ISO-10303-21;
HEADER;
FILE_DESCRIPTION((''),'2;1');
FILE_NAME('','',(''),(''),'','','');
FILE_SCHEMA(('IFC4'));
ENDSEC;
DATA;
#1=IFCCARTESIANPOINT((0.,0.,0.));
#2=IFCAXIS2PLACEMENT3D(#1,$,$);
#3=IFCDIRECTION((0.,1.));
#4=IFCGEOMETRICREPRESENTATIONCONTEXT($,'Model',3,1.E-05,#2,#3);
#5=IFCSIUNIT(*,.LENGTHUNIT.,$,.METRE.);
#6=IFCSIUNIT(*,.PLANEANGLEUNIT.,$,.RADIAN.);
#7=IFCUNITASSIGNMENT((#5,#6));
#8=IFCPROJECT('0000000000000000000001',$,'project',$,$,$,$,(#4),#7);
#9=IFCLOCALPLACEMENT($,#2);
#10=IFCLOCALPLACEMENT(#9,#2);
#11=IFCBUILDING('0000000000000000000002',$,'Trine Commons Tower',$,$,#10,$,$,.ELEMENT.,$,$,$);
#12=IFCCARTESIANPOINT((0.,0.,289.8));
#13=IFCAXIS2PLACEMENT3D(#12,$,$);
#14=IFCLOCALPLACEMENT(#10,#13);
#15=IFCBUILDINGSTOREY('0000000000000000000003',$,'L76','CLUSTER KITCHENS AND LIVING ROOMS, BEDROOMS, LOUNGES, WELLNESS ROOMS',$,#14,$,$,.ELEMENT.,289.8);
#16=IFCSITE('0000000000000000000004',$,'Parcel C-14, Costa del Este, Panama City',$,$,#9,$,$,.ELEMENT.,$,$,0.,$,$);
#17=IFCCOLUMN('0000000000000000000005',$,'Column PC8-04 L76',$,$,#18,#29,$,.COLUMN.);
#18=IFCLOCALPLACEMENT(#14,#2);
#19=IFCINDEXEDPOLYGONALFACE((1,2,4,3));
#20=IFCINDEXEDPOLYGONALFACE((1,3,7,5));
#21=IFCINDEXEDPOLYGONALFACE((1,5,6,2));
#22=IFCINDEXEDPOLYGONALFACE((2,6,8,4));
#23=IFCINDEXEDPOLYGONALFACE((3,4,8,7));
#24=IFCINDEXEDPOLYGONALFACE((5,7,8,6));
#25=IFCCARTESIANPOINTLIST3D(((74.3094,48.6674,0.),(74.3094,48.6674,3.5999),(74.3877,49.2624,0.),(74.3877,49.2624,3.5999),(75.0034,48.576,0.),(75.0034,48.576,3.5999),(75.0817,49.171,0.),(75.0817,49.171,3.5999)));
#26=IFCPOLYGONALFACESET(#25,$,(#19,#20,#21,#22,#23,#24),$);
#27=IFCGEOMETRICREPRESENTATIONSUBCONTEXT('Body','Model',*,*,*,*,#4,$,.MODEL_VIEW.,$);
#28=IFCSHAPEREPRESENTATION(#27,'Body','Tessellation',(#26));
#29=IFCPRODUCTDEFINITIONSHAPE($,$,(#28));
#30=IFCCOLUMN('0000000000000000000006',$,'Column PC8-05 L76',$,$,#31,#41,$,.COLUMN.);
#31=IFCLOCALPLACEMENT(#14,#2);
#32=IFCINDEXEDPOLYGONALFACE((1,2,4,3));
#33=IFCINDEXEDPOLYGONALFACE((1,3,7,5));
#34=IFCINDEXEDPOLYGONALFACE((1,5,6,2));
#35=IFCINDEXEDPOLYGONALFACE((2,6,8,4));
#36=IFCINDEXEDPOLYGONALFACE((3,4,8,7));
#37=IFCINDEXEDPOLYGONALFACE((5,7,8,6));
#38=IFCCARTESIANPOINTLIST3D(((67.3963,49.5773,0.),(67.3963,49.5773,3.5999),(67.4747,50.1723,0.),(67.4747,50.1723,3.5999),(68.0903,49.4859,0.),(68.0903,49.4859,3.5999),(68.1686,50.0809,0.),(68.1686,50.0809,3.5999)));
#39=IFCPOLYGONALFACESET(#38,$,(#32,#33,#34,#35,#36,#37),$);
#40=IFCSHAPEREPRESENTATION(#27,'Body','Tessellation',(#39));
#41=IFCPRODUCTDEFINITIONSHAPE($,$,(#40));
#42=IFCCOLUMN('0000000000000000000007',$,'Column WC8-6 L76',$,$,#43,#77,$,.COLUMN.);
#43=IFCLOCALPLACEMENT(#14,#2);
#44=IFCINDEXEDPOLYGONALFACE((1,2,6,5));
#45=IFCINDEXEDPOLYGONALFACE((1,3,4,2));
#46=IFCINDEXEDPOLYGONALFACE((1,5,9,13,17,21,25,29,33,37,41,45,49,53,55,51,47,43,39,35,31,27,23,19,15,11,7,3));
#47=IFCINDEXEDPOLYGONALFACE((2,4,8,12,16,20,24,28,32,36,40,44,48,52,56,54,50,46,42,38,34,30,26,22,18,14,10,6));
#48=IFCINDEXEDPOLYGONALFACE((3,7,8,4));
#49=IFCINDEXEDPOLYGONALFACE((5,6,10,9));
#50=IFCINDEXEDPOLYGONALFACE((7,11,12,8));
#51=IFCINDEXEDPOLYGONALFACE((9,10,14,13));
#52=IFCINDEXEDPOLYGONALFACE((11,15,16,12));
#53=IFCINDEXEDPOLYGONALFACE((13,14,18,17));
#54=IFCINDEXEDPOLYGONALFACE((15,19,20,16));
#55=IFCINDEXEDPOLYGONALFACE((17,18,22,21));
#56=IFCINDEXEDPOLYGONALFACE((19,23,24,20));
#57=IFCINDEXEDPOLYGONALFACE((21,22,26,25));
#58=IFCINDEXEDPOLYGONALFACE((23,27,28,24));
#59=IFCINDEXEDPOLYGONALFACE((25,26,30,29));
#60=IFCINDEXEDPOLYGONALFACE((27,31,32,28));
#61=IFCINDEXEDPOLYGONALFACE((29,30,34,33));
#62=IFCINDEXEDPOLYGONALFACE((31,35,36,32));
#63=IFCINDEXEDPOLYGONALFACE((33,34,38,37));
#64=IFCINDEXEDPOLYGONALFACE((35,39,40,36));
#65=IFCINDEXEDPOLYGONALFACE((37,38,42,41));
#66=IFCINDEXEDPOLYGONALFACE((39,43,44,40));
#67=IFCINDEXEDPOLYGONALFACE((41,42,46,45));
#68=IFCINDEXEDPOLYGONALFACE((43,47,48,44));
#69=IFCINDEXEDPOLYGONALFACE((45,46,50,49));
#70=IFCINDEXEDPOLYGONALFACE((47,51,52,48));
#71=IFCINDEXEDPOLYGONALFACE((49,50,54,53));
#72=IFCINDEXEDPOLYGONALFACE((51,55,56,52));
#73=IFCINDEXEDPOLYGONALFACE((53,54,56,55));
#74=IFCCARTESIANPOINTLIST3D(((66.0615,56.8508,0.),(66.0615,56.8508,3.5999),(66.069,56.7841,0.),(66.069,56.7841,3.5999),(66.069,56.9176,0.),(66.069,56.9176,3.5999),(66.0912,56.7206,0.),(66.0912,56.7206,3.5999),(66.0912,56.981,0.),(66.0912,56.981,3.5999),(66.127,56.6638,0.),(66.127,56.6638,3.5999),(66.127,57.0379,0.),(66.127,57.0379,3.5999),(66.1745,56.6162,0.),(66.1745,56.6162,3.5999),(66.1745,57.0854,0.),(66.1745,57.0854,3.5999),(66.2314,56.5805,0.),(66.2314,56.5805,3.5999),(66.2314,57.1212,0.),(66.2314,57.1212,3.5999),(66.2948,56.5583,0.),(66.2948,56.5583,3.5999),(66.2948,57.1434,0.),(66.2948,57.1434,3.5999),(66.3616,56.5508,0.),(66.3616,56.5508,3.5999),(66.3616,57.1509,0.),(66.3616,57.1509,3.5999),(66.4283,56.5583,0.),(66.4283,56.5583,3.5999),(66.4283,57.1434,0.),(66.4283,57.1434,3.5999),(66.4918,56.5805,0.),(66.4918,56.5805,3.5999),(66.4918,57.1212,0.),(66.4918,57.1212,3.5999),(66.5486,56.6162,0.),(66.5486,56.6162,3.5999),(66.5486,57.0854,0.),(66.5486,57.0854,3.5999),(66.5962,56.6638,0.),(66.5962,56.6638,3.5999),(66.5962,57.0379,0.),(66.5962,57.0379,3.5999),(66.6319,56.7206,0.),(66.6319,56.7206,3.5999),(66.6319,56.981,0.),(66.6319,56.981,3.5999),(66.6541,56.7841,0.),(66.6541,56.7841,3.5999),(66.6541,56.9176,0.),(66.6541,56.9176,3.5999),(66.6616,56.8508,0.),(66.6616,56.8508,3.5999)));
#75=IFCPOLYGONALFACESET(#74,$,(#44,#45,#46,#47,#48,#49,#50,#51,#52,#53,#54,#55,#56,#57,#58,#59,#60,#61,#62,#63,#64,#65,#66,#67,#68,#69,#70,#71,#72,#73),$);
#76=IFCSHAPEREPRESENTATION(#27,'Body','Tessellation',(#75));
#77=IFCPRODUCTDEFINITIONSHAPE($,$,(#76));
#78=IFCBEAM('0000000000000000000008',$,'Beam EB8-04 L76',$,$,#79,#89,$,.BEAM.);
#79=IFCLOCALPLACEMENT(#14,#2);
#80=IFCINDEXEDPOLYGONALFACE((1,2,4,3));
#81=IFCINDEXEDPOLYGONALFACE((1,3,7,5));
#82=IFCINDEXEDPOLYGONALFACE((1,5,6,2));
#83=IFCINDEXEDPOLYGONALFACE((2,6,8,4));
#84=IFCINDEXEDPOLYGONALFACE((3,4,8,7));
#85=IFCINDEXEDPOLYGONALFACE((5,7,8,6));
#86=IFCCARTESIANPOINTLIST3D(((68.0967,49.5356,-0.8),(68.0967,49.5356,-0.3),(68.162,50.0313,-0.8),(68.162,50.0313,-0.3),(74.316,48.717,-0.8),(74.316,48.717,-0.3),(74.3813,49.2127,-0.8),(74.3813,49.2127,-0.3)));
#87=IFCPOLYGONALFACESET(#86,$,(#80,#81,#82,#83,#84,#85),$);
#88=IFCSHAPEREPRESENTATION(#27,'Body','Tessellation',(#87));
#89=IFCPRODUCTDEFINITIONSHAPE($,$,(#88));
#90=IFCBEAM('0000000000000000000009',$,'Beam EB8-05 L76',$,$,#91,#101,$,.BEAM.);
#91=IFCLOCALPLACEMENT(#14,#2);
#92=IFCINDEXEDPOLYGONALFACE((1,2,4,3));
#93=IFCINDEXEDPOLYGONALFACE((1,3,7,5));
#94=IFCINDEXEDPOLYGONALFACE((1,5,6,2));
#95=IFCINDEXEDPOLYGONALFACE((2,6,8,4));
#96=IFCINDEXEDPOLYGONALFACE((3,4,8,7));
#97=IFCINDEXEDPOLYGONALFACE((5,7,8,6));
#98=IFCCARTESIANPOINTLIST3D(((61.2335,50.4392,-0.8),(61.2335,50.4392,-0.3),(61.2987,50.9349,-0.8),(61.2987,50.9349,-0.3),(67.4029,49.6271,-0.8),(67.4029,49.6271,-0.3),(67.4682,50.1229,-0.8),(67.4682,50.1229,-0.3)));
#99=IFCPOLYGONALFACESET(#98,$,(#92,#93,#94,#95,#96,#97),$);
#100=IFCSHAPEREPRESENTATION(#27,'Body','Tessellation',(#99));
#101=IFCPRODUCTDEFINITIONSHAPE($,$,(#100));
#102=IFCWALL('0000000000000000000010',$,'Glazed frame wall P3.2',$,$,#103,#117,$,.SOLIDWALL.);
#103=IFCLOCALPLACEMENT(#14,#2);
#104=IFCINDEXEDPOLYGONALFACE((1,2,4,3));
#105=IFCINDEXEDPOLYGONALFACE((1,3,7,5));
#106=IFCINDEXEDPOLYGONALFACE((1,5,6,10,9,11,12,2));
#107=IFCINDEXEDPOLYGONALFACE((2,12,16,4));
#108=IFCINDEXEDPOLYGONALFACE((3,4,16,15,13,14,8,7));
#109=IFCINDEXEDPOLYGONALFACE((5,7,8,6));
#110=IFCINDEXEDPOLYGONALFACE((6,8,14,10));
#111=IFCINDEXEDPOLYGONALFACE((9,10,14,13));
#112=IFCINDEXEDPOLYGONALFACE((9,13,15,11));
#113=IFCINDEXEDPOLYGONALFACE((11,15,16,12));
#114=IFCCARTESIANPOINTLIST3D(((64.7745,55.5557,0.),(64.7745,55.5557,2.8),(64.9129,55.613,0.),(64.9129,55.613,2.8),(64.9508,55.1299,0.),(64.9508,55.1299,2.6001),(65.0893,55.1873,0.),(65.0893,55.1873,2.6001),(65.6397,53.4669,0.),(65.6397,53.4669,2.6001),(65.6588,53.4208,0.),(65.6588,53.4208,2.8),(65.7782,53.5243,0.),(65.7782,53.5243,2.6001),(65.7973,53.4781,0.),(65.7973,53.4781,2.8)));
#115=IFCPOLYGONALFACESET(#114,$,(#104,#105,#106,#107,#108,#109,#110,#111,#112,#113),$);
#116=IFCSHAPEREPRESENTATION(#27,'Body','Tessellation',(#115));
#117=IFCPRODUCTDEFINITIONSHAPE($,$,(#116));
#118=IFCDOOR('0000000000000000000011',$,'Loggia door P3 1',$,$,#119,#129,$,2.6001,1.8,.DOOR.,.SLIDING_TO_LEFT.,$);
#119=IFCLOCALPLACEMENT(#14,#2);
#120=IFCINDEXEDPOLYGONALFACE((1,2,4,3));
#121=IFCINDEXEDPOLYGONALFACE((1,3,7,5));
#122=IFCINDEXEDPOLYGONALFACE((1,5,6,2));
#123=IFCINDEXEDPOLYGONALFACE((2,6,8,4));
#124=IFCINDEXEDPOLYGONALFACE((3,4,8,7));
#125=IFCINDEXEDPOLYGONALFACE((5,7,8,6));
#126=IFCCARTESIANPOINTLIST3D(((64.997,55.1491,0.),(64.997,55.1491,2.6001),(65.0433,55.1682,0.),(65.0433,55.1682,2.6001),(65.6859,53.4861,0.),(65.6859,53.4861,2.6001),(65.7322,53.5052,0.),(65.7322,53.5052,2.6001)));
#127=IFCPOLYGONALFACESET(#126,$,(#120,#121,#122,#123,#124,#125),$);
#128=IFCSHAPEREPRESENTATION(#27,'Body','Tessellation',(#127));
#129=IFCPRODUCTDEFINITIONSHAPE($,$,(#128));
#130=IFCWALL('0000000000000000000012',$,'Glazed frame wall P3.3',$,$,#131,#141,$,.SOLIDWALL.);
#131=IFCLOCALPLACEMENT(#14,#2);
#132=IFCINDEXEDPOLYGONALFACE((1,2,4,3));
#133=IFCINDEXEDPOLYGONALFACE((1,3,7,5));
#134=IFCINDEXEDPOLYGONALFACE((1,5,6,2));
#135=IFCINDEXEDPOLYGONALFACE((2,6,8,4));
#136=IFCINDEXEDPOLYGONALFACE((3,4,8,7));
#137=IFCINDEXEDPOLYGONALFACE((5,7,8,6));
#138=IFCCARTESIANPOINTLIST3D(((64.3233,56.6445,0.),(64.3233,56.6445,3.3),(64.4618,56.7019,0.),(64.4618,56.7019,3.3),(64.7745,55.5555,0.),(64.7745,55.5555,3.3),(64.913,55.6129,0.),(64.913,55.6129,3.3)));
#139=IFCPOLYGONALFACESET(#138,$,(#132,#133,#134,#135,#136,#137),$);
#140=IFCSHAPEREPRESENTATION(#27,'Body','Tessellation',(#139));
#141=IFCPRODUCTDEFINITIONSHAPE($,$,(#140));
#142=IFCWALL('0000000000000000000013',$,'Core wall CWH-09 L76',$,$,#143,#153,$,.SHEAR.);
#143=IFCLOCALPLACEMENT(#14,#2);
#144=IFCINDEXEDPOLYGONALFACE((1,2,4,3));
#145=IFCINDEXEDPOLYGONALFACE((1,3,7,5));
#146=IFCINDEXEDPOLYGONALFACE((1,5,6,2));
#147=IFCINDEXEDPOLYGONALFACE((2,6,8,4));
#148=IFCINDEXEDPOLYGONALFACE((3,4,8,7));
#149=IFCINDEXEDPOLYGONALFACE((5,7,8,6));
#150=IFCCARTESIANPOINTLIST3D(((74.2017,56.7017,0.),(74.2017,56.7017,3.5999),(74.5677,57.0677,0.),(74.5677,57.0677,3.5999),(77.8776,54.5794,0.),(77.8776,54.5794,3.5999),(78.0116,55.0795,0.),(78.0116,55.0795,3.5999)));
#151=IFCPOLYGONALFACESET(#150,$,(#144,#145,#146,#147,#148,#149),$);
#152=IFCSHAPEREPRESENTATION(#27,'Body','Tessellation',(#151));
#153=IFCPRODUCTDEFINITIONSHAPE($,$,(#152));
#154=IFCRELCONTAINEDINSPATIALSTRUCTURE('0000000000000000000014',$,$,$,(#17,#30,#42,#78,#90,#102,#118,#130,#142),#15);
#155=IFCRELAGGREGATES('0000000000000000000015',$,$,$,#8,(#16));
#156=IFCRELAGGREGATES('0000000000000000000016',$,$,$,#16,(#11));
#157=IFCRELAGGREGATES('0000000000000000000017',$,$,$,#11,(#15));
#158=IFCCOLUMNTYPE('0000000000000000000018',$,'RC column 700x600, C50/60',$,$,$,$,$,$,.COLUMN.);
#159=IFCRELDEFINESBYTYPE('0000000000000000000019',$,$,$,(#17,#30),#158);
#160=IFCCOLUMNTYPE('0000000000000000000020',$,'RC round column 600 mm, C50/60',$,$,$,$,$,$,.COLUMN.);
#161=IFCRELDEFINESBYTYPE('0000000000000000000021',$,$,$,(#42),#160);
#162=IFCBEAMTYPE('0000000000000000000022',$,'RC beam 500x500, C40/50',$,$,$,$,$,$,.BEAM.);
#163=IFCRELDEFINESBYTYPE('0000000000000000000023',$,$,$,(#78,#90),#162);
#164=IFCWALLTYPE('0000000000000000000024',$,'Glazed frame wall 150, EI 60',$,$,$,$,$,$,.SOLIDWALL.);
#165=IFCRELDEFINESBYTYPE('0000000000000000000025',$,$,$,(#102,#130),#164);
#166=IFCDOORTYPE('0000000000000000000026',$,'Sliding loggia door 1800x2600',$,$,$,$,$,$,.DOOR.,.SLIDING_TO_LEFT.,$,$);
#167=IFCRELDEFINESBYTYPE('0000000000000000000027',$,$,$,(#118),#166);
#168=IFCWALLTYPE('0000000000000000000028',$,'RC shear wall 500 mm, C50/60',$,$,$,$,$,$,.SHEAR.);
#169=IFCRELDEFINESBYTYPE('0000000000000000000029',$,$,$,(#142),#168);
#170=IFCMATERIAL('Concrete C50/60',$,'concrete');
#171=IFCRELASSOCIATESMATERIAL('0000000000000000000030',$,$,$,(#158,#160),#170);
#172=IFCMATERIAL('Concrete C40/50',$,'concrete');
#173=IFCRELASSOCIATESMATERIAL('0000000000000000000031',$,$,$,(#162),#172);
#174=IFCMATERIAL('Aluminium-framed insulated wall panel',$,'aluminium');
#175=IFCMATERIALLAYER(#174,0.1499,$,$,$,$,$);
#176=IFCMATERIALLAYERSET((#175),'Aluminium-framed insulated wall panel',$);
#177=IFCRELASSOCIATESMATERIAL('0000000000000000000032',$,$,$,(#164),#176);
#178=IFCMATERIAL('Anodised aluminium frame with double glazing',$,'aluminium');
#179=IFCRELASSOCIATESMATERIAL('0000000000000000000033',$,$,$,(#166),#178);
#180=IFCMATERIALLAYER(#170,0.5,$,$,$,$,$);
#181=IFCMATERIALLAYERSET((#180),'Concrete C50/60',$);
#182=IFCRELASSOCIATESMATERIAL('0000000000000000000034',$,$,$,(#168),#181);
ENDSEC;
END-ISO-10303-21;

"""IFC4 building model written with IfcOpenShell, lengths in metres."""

from ifc_helpers import new_model, si_unit, direction, frame, frame_2d, origin, origin_2d, place, context, subcontext, project, spatial, polyline, rectangle, circle, outline, extrude, material, layer, layer_set, material_profile, profile_set, type_object, element, fill, save


model = new_model("IFC4")

# Units and contexts
model_context = context("Model", 3, precision=1e-05, world=origin(), true_north=direction((0.0, 1.0)))
body_context = subcontext(model_context, "Body", "Model", "MODEL_VIEW")
ifc_project = project(units=[si_unit("LENGTHUNIT", "METRE"), si_unit("PLANEANGLEUNIT", "RADIAN")], contexts=[model_context])

# Site, building, storey
site_placement = place(None, origin())
site = spatial("IfcSite", under=ifc_project, at=site_placement, Name="Parcel C-14, Costa del Este, Panama City", CompositionType="ELEMENT", RefElevation=0.0)
building_placement = place(site_placement, origin())
building = spatial("IfcBuilding", under=site, at=building_placement, Name="Trine Commons Tower", CompositionType="ELEMENT")
storey_placement = place(building_placement, frame((0.0, 0.0, 289.8)))
storey = spatial("IfcBuildingStorey", under=building, at=storey_placement, Name="L76", Description="CLUSTER KITCHENS AND LIVING ROOMS, BEDROOMS, LOUNGES, WELLNESS ROOMS", CompositionType="ELEMENT", Elevation=289.8)

# Columns
ifc_material_1 = material(Name="Concrete C50/60", Category="concrete")
ifc_material_profile_1 = material_profile(ifc_material_1, rectangle(XDim=0.7, YDim=0.6001, at=origin_2d()), Name="RC 700x600")
ifc_profile_set_1 = profile_set([ifc_material_profile_1], Name="Concrete C50/60")
column_type_1 = type_object("IfcColumnType", Name="RC column 700x600, C50/60", PredefinedType="COLUMN", material=ifc_profile_set_1)
for number, where, z_axis, x_axis, name in (
    (1, (74.6956, 48.9192, 0.0), (0.0, 0.0, 1.0), (-0.991445, 0.130526, 0.0), "Column PC8-04 L76"),
    (2, (67.7825, 49.8291, 0.0), (0.0, 0.0, 1.0), (-0.991445, 0.130526, 0.0), "Column PC8-05 L76"),
):
    element("IfcColumn", number, at=place(storey_placement, frame(where, z_axis=z_axis, x_axis=x_axis)), inside=storey, type_object=column_type_1, Name=name, PredefinedType="COLUMN", context=body_context, shape_type="SweptSolid", body=[
        extrude(rectangle(XDim=0.7, YDim=0.6001, at=origin_2d()), origin(), (0.0, 0.0, 1.0), 3.5999),
    ])
ifc_material_profile_2 = material_profile(ifc_material_1, circle(Radius=0.3, at=origin_2d()), Name="RC round 600")
ifc_profile_set_2 = profile_set([ifc_material_profile_2], Name="Concrete C50/60")
column_type_2 = type_object("IfcColumnType", Name="RC round column 600 mm, C50/60", PredefinedType="COLUMN", material=ifc_profile_set_2)
column_placement = place(storey_placement, frame((66.3616, 56.8508, 0.0), z_axis=(0.0, 0.0, 1.0), x_axis=(1.0, 0.0, 0.0)))
element("IfcColumn", 3, at=column_placement, inside=storey, type_object=column_type_2, Name="Column WC8-6 L76", PredefinedType="COLUMN", context=body_context, shape_type="SweptSolid", body=[
    extrude(circle(Radius=0.3, at=origin_2d()), origin(), (0.0, 0.0, 1.0), 3.5999),
])

# Beams
ifc_material_2 = material(Name="Concrete C40/50", Category="concrete")
ifc_material_profile_3 = material_profile(ifc_material_2, rectangle(XDim=0.5, YDim=0.5, at=origin_2d()), Name="RC 500x500")
ifc_profile_set_3 = profile_set([ifc_material_profile_3], Name="Concrete C40/50")
beam_type = type_object("IfcBeamType", Name="RC beam 500x500, C40/50", PredefinedType="BEAM", material=ifc_profile_set_3)
beam_1_placement = place(storey_placement, frame((74.3486, 48.9648, -0.55), z_axis=(-0.991448, 0.130499, 0.0), x_axis=(-0.130499, -0.991448, 0.0)))
element("IfcBeam", 4, at=beam_1_placement, inside=storey, type_object=beam_type, Name="Beam EB8-04 L76", PredefinedType="BEAM", context=body_context, shape_type="SweptSolid", body=[
    extrude(rectangle(XDim=0.5, YDim=0.5, at=origin_2d()), origin(), (0.0, 0.0, 1.0), 6.2729),
])
beam_2_placement = place(storey_placement, frame((67.4355, 49.875, -0.55), z_axis=(-0.991449, 0.130493, 0.0), x_axis=(-0.130493, -0.991449, 0.0)))
element("IfcBeam", 5, at=beam_2_placement, inside=storey, type_object=beam_type, Name="Beam EB8-05 L76", PredefinedType="BEAM", context=body_context, shape_type="SweptSolid", body=[
    extrude(rectangle(XDim=0.5, YDim=0.5, at=origin_2d()), origin(), (0.0, 0.0, 1.0), 6.2227),
])

# Shared definitions
ifc_material_3 = material(Name="Aluminium-framed insulated wall panel", Category="aluminium")
ifc_layer_1 = layer(ifc_material_3, 0.1499)
ifc_layer_set_1 = layer_set([ifc_layer_1], Name="Aluminium-framed insulated wall panel")
wall_type_1 = type_object("IfcWallType", Name="Glazed frame wall 150, EI 60", PredefinedType="SOLIDWALL", material=ifc_layer_set_1)

# Wall, opening, door
wall_1_placement = place(storey_placement, frame((65.728, 53.4495, 0.0), z_axis=(0.0, 0.0, 1.0), x_axis=(-0.382694, 0.923875, 0.0)))
wall_1 = element("IfcWall", 6, at=wall_1_placement, inside=storey, type_object=wall_type_1, Name="Glazed frame wall P3.2", PredefinedType="SOLIDWALL", context=body_context, shape_type="SweptSolid", body=[
    extrude(outline(polyline([(0.0, -0.075), (2.3108, -0.075), (2.3108, 0.075), (0.0, 0.075), (0.0, -0.075)])), origin(), (0.0, 0.0, 1.0), 2.8),
])
opening_1_placement = place(wall_1_placement, frame((0.05, 0.0, 0.0)))
opening_1 = element("IfcOpeningElement", 7, at=opening_1_placement, cuts=wall_1, PredefinedType="OPENING", context=body_context, shape_type="SweptSolid", body=[
    extrude(rectangle(XDim=1.8, YDim=2.6001, at=frame_2d((0.8999, 1.3))), frame((0.0, 0.085, 0.0), z_axis=(0.0, -1.0, 0.0), x_axis=(1.0, 0.0, 0.0)), (0.0, 0.0, 1.0), 0.1699),
])
ifc_material_4 = material(Name="Anodised aluminium frame with double glazing", Category="aluminium")
door_type_1 = type_object("IfcDoorType", Name="Sliding loggia door 1800x2600", OperationType="SLIDING_TO_LEFT", PredefinedType="DOOR", material=ifc_material_4)
door_1_placement = place(opening_1_placement, origin())
door_1 = element("IfcDoor", 8, at=door_1_placement, inside=storey, type_object=door_type_1, Name="Loggia door P3 1", OperationType="SLIDING_TO_LEFT", OverallHeight=2.6001, OverallWidth=1.8, PredefinedType="DOOR", context=body_context, shape_type="SweptSolid", body=[
    extrude(rectangle(XDim=1.8, YDim=2.6001, at=frame_2d((0.8999, 1.3))), frame((0.0, 0.0249, 0.0), z_axis=(0.0, -1.0, 0.0), x_axis=(1.0, 0.0, 0.0)), (0.0, 0.0, 1.0), 0.05),
])
fill(opening_1, door_1)

# Walls
wall_2_placement = place(storey_placement, frame((64.8438, 55.5842, 0.0), z_axis=(0.0, 0.0, 1.0), x_axis=(-0.382791, 0.923835, 0.0)))
element("IfcWall", 9, at=wall_2_placement, inside=storey, type_object=wall_type_1, Name="Glazed frame wall P3.3", PredefinedType="SOLIDWALL", context=body_context, shape_type="SweptSolid", body=[
    extrude(outline(polyline([(0.0, -0.075), (1.1787, -0.075), (1.1787, 0.075), (0.0, 0.075), (0.0, -0.075)])), origin(), (0.0, 0.0, 1.0), 3.3),
])
ifc_layer_2 = layer(ifc_material_1, 0.5)
ifc_layer_set_2 = layer_set([ifc_layer_2], Name="Concrete C50/60")
wall_type_2 = type_object("IfcWallType", Name="RC shear wall 500 mm, C50/60", PredefinedType="SHEAR", material=ifc_layer_set_2)
wall_3_placement = place(storey_placement, frame((74.3267, 56.9182, 0.0), z_axis=(0.0, 0.0, 1.0), x_axis=(0.866029, -0.499993, 0.0)))
element("IfcWall", 10, at=wall_3_placement, inside=storey, type_object=wall_type_2, Name="Core wall CWH-09 L76", PredefinedType="SHEAR", context=body_context, shape_type="SweptSolid", body=[
    extrude(outline(polyline([(0.0, -0.25), (4.2446, -0.25), (4.1106, 0.25), (0.134, 0.25), (0.0, -0.25)])), origin(), (0.0, 0.0, 1.0), 3.5999),
])

save(model, "model.ifc")
